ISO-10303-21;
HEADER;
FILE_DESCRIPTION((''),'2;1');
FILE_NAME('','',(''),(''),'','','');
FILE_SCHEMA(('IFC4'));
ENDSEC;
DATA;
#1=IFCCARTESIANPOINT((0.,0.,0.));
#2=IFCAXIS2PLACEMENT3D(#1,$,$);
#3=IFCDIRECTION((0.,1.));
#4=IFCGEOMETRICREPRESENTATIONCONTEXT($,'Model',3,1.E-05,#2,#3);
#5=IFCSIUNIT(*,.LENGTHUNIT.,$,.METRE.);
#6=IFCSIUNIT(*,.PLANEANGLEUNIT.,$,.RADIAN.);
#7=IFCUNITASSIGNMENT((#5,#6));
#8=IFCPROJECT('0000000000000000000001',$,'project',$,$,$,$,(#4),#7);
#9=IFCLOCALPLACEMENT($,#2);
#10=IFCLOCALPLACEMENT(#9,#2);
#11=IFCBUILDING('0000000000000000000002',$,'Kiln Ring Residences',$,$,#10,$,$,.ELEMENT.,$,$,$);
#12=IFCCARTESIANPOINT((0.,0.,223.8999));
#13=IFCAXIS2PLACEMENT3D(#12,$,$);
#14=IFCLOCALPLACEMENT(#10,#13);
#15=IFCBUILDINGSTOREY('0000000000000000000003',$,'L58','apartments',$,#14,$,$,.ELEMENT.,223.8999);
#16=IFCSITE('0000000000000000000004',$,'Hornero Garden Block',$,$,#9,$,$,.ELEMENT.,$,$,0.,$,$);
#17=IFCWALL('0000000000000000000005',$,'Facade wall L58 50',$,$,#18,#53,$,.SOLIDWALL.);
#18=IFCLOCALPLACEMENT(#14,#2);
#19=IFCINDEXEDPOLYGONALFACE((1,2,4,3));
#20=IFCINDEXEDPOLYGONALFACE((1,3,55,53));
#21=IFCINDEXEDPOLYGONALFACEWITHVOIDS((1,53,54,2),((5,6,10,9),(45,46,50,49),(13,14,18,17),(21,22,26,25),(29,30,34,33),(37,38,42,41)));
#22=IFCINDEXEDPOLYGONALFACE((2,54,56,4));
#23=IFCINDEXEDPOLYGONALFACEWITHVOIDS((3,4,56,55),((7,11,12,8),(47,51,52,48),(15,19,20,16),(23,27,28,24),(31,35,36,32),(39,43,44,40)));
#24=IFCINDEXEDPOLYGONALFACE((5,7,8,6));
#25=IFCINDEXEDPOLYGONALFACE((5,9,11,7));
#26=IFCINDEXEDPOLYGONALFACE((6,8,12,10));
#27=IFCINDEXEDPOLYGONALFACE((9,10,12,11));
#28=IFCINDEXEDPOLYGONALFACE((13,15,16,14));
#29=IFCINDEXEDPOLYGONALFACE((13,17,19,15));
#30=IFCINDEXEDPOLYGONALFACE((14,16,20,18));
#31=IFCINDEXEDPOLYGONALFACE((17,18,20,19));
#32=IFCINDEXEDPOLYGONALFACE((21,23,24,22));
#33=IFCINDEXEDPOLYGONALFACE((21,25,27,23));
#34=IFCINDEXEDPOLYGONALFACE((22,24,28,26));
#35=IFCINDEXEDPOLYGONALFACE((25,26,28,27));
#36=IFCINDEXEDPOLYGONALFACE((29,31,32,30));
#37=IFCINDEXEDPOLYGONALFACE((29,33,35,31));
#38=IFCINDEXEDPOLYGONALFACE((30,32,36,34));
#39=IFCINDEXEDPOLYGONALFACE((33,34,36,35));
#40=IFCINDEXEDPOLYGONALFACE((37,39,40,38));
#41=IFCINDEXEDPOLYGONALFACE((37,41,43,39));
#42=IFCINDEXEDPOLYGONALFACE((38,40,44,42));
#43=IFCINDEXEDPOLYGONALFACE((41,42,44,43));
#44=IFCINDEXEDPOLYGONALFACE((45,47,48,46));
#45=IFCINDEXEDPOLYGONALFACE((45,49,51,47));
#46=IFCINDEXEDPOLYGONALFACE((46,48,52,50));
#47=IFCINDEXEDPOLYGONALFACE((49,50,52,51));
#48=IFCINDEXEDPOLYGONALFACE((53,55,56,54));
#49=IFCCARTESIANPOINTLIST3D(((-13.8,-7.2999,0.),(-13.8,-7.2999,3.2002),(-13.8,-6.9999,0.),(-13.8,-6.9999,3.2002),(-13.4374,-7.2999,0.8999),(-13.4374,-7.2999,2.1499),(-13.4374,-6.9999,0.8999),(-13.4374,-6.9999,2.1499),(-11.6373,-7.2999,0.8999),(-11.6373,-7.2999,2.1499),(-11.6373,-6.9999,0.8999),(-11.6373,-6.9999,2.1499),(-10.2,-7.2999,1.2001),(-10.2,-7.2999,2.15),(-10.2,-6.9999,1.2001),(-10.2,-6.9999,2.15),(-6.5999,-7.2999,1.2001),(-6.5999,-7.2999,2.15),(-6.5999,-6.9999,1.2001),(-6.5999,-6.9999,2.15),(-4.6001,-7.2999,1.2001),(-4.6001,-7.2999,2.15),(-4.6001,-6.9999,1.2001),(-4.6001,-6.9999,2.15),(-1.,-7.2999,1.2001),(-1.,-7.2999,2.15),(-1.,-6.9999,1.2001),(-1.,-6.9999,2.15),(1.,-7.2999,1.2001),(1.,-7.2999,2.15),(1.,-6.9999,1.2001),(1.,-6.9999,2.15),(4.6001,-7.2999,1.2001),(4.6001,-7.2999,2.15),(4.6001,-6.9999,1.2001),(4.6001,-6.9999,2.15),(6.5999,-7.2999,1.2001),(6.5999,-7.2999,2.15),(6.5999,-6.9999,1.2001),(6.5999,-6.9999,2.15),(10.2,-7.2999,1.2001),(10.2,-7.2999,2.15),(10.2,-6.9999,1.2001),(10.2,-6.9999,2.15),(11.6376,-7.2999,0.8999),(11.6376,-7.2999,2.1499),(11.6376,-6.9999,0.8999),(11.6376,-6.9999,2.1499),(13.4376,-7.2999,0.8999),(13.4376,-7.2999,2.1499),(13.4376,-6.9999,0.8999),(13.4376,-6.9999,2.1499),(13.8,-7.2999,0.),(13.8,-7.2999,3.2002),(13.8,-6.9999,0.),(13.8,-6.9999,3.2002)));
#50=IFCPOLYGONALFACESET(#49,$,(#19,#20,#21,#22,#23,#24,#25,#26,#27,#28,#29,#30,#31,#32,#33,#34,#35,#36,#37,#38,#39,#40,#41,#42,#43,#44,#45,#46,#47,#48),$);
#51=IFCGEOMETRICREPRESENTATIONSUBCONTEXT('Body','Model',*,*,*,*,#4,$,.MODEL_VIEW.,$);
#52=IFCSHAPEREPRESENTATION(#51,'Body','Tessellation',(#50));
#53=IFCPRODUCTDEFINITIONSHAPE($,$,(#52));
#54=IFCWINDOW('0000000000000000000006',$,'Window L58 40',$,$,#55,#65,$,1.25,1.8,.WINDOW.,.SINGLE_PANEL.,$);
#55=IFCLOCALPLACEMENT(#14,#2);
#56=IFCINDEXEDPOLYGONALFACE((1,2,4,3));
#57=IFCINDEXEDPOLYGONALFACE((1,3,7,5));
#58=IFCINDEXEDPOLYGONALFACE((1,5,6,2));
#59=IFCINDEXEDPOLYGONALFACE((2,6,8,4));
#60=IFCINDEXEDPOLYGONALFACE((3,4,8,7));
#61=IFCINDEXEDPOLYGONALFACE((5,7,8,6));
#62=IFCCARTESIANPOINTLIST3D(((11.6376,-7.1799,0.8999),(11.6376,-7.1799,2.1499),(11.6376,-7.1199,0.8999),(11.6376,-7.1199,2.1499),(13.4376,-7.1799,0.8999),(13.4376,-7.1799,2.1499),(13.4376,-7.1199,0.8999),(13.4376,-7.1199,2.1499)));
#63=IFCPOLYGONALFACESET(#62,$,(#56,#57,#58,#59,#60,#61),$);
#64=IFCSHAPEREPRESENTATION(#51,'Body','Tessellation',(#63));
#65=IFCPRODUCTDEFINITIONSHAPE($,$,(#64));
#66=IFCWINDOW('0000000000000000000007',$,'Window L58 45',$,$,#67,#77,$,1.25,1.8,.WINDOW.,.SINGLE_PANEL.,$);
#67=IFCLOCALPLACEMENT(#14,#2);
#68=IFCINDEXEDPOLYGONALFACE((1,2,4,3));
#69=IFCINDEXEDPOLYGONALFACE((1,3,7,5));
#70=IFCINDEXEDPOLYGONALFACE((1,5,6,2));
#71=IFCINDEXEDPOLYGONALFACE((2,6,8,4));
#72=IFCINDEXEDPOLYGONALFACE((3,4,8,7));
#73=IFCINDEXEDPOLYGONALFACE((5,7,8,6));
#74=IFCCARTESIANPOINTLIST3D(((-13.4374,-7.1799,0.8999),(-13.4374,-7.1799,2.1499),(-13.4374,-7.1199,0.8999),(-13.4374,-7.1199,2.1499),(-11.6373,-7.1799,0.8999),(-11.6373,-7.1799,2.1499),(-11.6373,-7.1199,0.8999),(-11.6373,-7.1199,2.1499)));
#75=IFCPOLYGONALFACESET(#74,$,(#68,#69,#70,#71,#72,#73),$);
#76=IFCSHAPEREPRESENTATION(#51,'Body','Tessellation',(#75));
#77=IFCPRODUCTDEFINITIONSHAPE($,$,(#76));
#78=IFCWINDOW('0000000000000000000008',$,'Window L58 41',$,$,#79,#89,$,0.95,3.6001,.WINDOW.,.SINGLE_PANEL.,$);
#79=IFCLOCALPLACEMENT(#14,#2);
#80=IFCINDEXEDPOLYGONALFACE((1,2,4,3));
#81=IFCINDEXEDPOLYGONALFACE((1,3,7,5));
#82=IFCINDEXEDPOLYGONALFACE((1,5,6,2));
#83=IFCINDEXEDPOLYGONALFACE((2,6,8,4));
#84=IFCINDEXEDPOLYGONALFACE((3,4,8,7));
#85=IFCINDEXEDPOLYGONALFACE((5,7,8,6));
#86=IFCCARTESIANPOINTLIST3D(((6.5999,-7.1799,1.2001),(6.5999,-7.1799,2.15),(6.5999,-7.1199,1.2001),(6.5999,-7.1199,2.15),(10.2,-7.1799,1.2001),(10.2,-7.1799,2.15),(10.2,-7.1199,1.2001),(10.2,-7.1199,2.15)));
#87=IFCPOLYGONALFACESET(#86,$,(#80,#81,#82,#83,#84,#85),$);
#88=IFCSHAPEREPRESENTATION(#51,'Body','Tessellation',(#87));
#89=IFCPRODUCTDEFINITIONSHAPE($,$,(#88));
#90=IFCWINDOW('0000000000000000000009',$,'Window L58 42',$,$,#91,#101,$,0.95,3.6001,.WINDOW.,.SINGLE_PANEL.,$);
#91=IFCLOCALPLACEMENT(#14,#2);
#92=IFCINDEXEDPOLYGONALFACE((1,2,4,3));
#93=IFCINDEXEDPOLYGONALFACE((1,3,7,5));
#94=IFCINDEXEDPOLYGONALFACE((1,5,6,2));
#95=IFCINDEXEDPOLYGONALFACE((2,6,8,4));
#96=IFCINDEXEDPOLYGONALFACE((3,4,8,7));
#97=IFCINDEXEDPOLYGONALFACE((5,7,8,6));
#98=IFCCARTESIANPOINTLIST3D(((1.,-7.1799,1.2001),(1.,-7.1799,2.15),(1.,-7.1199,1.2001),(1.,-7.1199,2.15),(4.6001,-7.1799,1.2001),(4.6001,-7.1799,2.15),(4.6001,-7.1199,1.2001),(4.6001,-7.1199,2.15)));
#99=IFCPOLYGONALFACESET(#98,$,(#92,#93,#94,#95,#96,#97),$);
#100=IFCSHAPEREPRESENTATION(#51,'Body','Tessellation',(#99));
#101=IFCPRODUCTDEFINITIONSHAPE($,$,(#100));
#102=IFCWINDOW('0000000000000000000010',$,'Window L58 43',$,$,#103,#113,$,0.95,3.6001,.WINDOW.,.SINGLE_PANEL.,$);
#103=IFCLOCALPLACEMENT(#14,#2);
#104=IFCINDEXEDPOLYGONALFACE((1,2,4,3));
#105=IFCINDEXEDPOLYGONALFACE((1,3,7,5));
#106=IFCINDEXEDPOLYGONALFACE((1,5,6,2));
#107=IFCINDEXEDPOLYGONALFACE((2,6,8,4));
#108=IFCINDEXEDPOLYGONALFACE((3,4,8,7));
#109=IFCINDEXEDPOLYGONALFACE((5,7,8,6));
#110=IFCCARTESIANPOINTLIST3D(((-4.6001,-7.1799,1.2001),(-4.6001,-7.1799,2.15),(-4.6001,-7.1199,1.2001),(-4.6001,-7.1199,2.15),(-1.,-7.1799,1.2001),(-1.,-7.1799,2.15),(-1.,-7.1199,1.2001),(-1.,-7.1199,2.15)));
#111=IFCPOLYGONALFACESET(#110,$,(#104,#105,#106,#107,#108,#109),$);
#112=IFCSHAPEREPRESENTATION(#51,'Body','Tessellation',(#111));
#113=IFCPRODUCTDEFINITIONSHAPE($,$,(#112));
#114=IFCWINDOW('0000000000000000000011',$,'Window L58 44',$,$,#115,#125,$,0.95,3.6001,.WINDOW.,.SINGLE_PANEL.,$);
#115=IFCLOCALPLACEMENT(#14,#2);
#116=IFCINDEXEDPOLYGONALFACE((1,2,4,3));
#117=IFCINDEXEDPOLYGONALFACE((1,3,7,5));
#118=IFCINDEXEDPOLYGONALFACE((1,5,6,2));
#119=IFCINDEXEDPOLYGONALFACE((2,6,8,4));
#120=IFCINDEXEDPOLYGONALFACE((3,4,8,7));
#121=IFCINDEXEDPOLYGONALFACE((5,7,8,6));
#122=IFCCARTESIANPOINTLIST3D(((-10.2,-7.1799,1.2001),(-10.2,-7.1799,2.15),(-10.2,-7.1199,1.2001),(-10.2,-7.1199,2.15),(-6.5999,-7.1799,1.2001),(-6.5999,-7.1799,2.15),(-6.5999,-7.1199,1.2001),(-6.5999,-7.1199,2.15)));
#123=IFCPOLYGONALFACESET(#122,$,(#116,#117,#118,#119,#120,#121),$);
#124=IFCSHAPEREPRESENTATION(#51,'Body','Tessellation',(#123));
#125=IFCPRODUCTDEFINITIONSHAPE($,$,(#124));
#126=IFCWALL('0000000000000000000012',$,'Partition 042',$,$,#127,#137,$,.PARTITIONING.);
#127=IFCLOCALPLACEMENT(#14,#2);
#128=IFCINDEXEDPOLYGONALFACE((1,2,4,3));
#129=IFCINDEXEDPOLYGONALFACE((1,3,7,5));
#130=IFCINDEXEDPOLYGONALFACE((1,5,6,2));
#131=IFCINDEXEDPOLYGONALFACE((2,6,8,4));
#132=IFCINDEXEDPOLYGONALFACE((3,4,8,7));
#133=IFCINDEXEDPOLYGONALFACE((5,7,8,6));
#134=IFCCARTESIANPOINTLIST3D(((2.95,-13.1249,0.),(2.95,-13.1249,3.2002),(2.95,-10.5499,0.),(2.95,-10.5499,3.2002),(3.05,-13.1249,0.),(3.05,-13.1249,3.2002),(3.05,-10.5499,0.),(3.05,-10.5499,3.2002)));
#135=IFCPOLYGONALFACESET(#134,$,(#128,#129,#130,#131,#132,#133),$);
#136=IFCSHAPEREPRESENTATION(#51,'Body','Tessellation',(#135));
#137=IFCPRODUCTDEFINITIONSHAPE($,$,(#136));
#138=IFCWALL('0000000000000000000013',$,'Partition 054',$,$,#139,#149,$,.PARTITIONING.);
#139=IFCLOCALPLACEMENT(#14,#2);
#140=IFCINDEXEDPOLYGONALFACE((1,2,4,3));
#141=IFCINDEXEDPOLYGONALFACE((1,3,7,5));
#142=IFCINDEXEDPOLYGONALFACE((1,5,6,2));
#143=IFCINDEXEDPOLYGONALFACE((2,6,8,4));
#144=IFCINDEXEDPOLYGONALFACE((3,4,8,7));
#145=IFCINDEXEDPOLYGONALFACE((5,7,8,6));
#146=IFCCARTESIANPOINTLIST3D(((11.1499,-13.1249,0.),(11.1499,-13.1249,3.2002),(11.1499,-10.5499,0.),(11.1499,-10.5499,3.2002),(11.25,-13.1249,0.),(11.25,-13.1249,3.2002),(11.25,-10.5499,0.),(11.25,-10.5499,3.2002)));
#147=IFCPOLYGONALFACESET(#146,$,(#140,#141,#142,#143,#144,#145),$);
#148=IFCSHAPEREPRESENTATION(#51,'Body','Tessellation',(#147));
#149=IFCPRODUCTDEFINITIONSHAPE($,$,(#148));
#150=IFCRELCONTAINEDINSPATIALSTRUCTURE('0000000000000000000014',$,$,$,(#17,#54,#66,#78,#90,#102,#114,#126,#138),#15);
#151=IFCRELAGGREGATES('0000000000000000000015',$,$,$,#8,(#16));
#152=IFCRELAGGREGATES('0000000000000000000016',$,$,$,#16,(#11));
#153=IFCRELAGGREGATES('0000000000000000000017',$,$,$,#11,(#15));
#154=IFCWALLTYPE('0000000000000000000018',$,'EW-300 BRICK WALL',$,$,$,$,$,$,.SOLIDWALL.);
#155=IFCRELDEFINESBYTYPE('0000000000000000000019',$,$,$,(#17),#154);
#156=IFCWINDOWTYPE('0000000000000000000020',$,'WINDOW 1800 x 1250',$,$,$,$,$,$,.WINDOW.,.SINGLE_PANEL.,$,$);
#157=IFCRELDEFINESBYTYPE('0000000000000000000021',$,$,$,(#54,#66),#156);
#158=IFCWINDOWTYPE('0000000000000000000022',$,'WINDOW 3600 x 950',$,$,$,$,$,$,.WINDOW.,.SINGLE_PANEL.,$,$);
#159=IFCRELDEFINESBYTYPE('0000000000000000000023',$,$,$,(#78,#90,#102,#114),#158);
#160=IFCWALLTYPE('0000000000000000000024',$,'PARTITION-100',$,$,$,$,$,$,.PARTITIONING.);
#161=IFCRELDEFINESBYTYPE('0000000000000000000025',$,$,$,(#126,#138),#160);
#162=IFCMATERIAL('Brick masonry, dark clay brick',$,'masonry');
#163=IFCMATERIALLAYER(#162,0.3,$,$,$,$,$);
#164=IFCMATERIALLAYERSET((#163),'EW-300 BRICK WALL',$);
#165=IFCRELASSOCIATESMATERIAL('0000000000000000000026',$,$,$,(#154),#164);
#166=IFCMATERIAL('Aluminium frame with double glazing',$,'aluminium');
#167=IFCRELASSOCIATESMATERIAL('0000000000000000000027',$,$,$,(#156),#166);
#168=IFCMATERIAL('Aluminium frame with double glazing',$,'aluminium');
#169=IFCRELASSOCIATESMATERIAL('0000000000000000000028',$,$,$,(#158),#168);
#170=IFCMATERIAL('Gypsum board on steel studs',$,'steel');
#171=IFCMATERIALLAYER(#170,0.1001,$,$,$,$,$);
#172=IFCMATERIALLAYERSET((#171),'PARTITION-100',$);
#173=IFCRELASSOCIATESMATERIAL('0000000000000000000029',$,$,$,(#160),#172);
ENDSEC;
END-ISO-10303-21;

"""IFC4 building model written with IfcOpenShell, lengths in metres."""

from ifc_helpers import new_model, si_unit, direction, frame, frame_2d, origin, place, context, subcontext, project, spatial, rectangle, extrude, material, layer, layer_set, type_object, element, fill, save


model = new_model("IFC4")

# Units and contexts
model_context = context("Model", 3, precision=1e-05, world=origin(), true_north=direction((0.0, 1.0)))
body_context = subcontext(model_context, "Body", "Model", "MODEL_VIEW")
ifc_project = project(units=[si_unit("LENGTHUNIT", "METRE"), si_unit("PLANEANGLEUNIT", "RADIAN")], contexts=[model_context])

# Site, building, storey
site_placement = place(None, origin())
site = spatial("IfcSite", under=ifc_project, at=site_placement, Name="Hornero Garden Block", CompositionType="ELEMENT", RefElevation=0.0)
building_placement = place(site_placement, origin())
building = spatial("IfcBuilding", under=site, at=building_placement, Name="Kiln Ring Residences", CompositionType="ELEMENT")
storey_placement = place(building_placement, frame((0.0, 0.0, 223.8999)))
storey = spatial("IfcBuildingStorey", under=building, at=storey_placement, Name="L58", Description="apartments", CompositionType="ELEMENT", Elevation=223.8999)

# Wall, openings, windows
ifc_material_1 = material(Name="Brick masonry, dark clay brick", Category="masonry")
ifc_layer_1 = layer(ifc_material_1, 0.3)
ifc_layer_set_1 = layer_set([ifc_layer_1], Name="EW-300 BRICK WALL")
wall_type_1 = type_object("IfcWallType", Name="EW-300 BRICK WALL", PredefinedType="SOLIDWALL", material=ifc_layer_set_1)
wall_1_placement = place(storey_placement, frame((13.8, -7.1499, 0.0), z_axis=(0.0, 0.0, 1.0), x_axis=(-1.0, 0.0, 0.0)))
wall_1 = element("IfcWall", 1, at=wall_1_placement, inside=storey, type_object=wall_type_1, Name="Facade wall L58 50", PredefinedType="SOLIDWALL", context=body_context, shape_type="SweptSolid", body=[
    extrude(rectangle(XDim=27.6001, YDim=0.3, at=frame_2d((13.8, 0.0))), origin(), (0.0, 0.0, 1.0), 3.2002),
])
opening_1_placement = place(wall_1_placement, frame((0.3625, 0.0, 0.8999)))
opening_1 = element("IfcOpeningElement", 2, at=opening_1_placement, cuts=wall_1, PredefinedType="OPENING", context=body_context, shape_type="SweptSolid", body=[
    extrude(rectangle(XDim=1.8, YDim=1.25, at=frame_2d((0.8999, 0.625))), frame((0.0, 0.1599, 0.0), z_axis=(0.0, -1.0, 0.0), x_axis=(1.0, 0.0, 0.0)), (0.0, 0.0, 1.0), 0.3201),
])
opening_2_placement = place(wall_1_placement, frame((3.6001, 0.0, 1.2)))
opening_2 = element("IfcOpeningElement", 3, at=opening_2_placement, cuts=wall_1, PredefinedType="OPENING", context=body_context, shape_type="SweptSolid", body=[
    extrude(rectangle(XDim=3.6001, YDim=0.95, at=frame_2d((1.8, 0.4751))), frame((0.0, 0.1599, 0.0), z_axis=(0.0, -1.0, 0.0), x_axis=(1.0, 0.0, 0.0)), (0.0, 0.0, 1.0), 0.3201),
])
opening_3_placement = place(wall_1_placement, frame((9.2, 0.0, 1.2)))
opening_3 = element("IfcOpeningElement", 4, at=opening_3_placement, cuts=wall_1, PredefinedType="OPENING", context=body_context, shape_type="SweptSolid", body=[
    extrude(rectangle(XDim=3.6001, YDim=0.95, at=frame_2d((1.8, 0.4751))), frame((0.0, 0.1599, 0.0), z_axis=(0.0, -1.0, 0.0), x_axis=(1.0, 0.0, 0.0)), (0.0, 0.0, 1.0), 0.3201),
])
opening_4_placement = place(wall_1_placement, frame((14.8, 0.0, 1.2)))
opening_4 = element("IfcOpeningElement", 5, at=opening_4_placement, cuts=wall_1, PredefinedType="OPENING", context=body_context, shape_type="SweptSolid", body=[
    extrude(rectangle(XDim=3.6001, YDim=0.95, at=frame_2d((1.8, 0.4751))), frame((0.0, 0.1599, 0.0), z_axis=(0.0, -1.0, 0.0), x_axis=(1.0, 0.0, 0.0)), (0.0, 0.0, 1.0), 0.3201),
])
opening_5_placement = place(wall_1_placement, frame((20.3999, 0.0, 1.2)))
opening_5 = element("IfcOpeningElement", 6, at=opening_5_placement, cuts=wall_1, PredefinedType="OPENING", context=body_context, shape_type="SweptSolid", body=[
    extrude(rectangle(XDim=3.6001, YDim=0.95, at=frame_2d((1.8, 0.4751))), frame((0.0, 0.1599, 0.0), z_axis=(0.0, -1.0, 0.0), x_axis=(1.0, 0.0, 0.0)), (0.0, 0.0, 1.0), 0.3201),
])
opening_6_placement = place(wall_1_placement, frame((25.4375, 0.0, 0.8999)))
opening_6 = element("IfcOpeningElement", 7, at=opening_6_placement, cuts=wall_1, PredefinedType="OPENING", context=body_context, shape_type="SweptSolid", body=[
    extrude(rectangle(XDim=1.8, YDim=1.25, at=frame_2d((0.8999, 0.625))), frame((0.0, 0.1599, 0.0), z_axis=(0.0, -1.0, 0.0), x_axis=(1.0, 0.0, 0.0)), (0.0, 0.0, 1.0), 0.3201),
])
ifc_material_2 = material(Name="Aluminium frame with double glazing", Category="aluminium")
window_type_1 = type_object("IfcWindowType", Name="WINDOW 1800 x 1250", PartitioningType="SINGLE_PANEL", PredefinedType="WINDOW", material=ifc_material_2)
window_1_placement = place(opening_1_placement, origin())
window_1 = element("IfcWindow", 8, at=window_1_placement, inside=storey, type_object=window_type_1, Name="Window L58 40", OverallHeight=1.25, OverallWidth=1.8, PartitioningType="SINGLE_PANEL", PredefinedType="WINDOW", context=body_context, shape_type="SweptSolid", body=[
    extrude(rectangle(XDim=1.8, YDim=1.25, at=frame_2d((0.8999, 0.625))), frame((0.0, 0.03, 0.0), z_axis=(0.0, -1.0, 0.0), x_axis=(1.0, 0.0, 0.0)), (0.0, 0.0, 1.0), 0.0601),
])
fill(opening_1, window_1)
window_2_placement = place(opening_6_placement, origin())
window_2 = element("IfcWindow", 9, at=window_2_placement, inside=storey, type_object=window_type_1, Name="Window L58 45", OverallHeight=1.25, OverallWidth=1.8, PartitioningType="SINGLE_PANEL", PredefinedType="WINDOW", context=body_context, shape_type="SweptSolid", body=[
    extrude(rectangle(XDim=1.8, YDim=1.25, at=frame_2d((0.8999, 0.625))), frame((0.0, 0.03, 0.0), z_axis=(0.0, -1.0, 0.0), x_axis=(1.0, 0.0, 0.0)), (0.0, 0.0, 1.0), 0.0601),
])
fill(opening_6, window_2)
ifc_material_3 = material(Name="Aluminium frame with double glazing", Category="aluminium")
window_type_2 = type_object("IfcWindowType", Name="WINDOW 3600 x 950", PartitioningType="SINGLE_PANEL", PredefinedType="WINDOW", material=ifc_material_3)
window_3_placement = place(opening_2_placement, origin())
window_3 = element("IfcWindow", 10, at=window_3_placement, inside=storey, type_object=window_type_2, Name="Window L58 41", OverallHeight=0.95, OverallWidth=3.6001, PartitioningType="SINGLE_PANEL", PredefinedType="WINDOW", context=body_context, shape_type="SweptSolid", body=[
    extrude(rectangle(XDim=3.6001, YDim=0.95, at=frame_2d((1.8, 0.4751))), frame((0.0, 0.03, 0.0), z_axis=(0.0, -1.0, 0.0), x_axis=(1.0, 0.0, 0.0)), (0.0, 0.0, 1.0), 0.0601),
])
fill(opening_2, window_3)
window_4_placement = place(opening_3_placement, origin())
window_4 = element("IfcWindow", 11, at=window_4_placement, inside=storey, type_object=window_type_2, Name="Window L58 42", OverallHeight=0.95, OverallWidth=3.6001, PartitioningType="SINGLE_PANEL", PredefinedType="WINDOW", context=body_context, shape_type="SweptSolid", body=[
    extrude(rectangle(XDim=3.6001, YDim=0.95, at=frame_2d((1.8, 0.4751))), frame((0.0, 0.03, 0.0), z_axis=(0.0, -1.0, 0.0), x_axis=(1.0, 0.0, 0.0)), (0.0, 0.0, 1.0), 0.0601),
])
fill(opening_3, window_4)
window_5_placement = place(opening_4_placement, origin())
window_5 = element("IfcWindow", 12, at=window_5_placement, inside=storey, type_object=window_type_2, Name="Window L58 43", OverallHeight=0.95, OverallWidth=3.6001, PartitioningType="SINGLE_PANEL", PredefinedType="WINDOW", context=body_context, shape_type="SweptSolid", body=[
    extrude(rectangle(XDim=3.6001, YDim=0.95, at=frame_2d((1.8, 0.4751))), frame((0.0, 0.03, 0.0), z_axis=(0.0, -1.0, 0.0), x_axis=(1.0, 0.0, 0.0)), (0.0, 0.0, 1.0), 0.0601),
])
fill(opening_4, window_5)
window_6_placement = place(opening_5_placement, origin())
window_6 = element("IfcWindow", 13, at=window_6_placement, inside=storey, type_object=window_type_2, Name="Window L58 44", OverallHeight=0.95, OverallWidth=3.6001, PartitioningType="SINGLE_PANEL", PredefinedType="WINDOW", context=body_context, shape_type="SweptSolid", body=[
    extrude(rectangle(XDim=3.6001, YDim=0.95, at=frame_2d((1.8, 0.4751))), frame((0.0, 0.03, 0.0), z_axis=(0.0, -1.0, 0.0), x_axis=(1.0, 0.0, 0.0)), (0.0, 0.0, 1.0), 0.0601),
])
fill(opening_5, window_6)

# Walls
ifc_material_4 = material(Name="Gypsum board on steel studs", Category="steel")
ifc_layer_2 = layer(ifc_material_4, 0.1001)
ifc_layer_set_2 = layer_set([ifc_layer_2], Name="PARTITION-100")
wall_type_2 = type_object("IfcWallType", Name="PARTITION-100", PredefinedType="PARTITIONING", material=ifc_layer_set_2)
for number, where, z_axis, x_axis, name in (
    (14, (3.0, -13.125, 0.0), (0.0, 0.0, 1.0), (0.0, 1.0, 0.0), "Partition 042"),
    (15, (11.2, -13.125, 0.0), (0.0, 0.0, 1.0), (0.0, 1.0, 0.0), "Partition 054"),
):
    element("IfcWall", number, at=place(storey_placement, frame(where, z_axis=z_axis, x_axis=x_axis)), inside=storey, type_object=wall_type_2, Name=name, PredefinedType="PARTITIONING", context=body_context, shape_type="SweptSolid", body=[
        extrude(rectangle(XDim=2.575, YDim=0.1001, at=frame_2d((1.2876, 0.0))), origin(), (0.0, 0.0, 1.0), 3.2002),
    ])

save(model, "model.ifc")
